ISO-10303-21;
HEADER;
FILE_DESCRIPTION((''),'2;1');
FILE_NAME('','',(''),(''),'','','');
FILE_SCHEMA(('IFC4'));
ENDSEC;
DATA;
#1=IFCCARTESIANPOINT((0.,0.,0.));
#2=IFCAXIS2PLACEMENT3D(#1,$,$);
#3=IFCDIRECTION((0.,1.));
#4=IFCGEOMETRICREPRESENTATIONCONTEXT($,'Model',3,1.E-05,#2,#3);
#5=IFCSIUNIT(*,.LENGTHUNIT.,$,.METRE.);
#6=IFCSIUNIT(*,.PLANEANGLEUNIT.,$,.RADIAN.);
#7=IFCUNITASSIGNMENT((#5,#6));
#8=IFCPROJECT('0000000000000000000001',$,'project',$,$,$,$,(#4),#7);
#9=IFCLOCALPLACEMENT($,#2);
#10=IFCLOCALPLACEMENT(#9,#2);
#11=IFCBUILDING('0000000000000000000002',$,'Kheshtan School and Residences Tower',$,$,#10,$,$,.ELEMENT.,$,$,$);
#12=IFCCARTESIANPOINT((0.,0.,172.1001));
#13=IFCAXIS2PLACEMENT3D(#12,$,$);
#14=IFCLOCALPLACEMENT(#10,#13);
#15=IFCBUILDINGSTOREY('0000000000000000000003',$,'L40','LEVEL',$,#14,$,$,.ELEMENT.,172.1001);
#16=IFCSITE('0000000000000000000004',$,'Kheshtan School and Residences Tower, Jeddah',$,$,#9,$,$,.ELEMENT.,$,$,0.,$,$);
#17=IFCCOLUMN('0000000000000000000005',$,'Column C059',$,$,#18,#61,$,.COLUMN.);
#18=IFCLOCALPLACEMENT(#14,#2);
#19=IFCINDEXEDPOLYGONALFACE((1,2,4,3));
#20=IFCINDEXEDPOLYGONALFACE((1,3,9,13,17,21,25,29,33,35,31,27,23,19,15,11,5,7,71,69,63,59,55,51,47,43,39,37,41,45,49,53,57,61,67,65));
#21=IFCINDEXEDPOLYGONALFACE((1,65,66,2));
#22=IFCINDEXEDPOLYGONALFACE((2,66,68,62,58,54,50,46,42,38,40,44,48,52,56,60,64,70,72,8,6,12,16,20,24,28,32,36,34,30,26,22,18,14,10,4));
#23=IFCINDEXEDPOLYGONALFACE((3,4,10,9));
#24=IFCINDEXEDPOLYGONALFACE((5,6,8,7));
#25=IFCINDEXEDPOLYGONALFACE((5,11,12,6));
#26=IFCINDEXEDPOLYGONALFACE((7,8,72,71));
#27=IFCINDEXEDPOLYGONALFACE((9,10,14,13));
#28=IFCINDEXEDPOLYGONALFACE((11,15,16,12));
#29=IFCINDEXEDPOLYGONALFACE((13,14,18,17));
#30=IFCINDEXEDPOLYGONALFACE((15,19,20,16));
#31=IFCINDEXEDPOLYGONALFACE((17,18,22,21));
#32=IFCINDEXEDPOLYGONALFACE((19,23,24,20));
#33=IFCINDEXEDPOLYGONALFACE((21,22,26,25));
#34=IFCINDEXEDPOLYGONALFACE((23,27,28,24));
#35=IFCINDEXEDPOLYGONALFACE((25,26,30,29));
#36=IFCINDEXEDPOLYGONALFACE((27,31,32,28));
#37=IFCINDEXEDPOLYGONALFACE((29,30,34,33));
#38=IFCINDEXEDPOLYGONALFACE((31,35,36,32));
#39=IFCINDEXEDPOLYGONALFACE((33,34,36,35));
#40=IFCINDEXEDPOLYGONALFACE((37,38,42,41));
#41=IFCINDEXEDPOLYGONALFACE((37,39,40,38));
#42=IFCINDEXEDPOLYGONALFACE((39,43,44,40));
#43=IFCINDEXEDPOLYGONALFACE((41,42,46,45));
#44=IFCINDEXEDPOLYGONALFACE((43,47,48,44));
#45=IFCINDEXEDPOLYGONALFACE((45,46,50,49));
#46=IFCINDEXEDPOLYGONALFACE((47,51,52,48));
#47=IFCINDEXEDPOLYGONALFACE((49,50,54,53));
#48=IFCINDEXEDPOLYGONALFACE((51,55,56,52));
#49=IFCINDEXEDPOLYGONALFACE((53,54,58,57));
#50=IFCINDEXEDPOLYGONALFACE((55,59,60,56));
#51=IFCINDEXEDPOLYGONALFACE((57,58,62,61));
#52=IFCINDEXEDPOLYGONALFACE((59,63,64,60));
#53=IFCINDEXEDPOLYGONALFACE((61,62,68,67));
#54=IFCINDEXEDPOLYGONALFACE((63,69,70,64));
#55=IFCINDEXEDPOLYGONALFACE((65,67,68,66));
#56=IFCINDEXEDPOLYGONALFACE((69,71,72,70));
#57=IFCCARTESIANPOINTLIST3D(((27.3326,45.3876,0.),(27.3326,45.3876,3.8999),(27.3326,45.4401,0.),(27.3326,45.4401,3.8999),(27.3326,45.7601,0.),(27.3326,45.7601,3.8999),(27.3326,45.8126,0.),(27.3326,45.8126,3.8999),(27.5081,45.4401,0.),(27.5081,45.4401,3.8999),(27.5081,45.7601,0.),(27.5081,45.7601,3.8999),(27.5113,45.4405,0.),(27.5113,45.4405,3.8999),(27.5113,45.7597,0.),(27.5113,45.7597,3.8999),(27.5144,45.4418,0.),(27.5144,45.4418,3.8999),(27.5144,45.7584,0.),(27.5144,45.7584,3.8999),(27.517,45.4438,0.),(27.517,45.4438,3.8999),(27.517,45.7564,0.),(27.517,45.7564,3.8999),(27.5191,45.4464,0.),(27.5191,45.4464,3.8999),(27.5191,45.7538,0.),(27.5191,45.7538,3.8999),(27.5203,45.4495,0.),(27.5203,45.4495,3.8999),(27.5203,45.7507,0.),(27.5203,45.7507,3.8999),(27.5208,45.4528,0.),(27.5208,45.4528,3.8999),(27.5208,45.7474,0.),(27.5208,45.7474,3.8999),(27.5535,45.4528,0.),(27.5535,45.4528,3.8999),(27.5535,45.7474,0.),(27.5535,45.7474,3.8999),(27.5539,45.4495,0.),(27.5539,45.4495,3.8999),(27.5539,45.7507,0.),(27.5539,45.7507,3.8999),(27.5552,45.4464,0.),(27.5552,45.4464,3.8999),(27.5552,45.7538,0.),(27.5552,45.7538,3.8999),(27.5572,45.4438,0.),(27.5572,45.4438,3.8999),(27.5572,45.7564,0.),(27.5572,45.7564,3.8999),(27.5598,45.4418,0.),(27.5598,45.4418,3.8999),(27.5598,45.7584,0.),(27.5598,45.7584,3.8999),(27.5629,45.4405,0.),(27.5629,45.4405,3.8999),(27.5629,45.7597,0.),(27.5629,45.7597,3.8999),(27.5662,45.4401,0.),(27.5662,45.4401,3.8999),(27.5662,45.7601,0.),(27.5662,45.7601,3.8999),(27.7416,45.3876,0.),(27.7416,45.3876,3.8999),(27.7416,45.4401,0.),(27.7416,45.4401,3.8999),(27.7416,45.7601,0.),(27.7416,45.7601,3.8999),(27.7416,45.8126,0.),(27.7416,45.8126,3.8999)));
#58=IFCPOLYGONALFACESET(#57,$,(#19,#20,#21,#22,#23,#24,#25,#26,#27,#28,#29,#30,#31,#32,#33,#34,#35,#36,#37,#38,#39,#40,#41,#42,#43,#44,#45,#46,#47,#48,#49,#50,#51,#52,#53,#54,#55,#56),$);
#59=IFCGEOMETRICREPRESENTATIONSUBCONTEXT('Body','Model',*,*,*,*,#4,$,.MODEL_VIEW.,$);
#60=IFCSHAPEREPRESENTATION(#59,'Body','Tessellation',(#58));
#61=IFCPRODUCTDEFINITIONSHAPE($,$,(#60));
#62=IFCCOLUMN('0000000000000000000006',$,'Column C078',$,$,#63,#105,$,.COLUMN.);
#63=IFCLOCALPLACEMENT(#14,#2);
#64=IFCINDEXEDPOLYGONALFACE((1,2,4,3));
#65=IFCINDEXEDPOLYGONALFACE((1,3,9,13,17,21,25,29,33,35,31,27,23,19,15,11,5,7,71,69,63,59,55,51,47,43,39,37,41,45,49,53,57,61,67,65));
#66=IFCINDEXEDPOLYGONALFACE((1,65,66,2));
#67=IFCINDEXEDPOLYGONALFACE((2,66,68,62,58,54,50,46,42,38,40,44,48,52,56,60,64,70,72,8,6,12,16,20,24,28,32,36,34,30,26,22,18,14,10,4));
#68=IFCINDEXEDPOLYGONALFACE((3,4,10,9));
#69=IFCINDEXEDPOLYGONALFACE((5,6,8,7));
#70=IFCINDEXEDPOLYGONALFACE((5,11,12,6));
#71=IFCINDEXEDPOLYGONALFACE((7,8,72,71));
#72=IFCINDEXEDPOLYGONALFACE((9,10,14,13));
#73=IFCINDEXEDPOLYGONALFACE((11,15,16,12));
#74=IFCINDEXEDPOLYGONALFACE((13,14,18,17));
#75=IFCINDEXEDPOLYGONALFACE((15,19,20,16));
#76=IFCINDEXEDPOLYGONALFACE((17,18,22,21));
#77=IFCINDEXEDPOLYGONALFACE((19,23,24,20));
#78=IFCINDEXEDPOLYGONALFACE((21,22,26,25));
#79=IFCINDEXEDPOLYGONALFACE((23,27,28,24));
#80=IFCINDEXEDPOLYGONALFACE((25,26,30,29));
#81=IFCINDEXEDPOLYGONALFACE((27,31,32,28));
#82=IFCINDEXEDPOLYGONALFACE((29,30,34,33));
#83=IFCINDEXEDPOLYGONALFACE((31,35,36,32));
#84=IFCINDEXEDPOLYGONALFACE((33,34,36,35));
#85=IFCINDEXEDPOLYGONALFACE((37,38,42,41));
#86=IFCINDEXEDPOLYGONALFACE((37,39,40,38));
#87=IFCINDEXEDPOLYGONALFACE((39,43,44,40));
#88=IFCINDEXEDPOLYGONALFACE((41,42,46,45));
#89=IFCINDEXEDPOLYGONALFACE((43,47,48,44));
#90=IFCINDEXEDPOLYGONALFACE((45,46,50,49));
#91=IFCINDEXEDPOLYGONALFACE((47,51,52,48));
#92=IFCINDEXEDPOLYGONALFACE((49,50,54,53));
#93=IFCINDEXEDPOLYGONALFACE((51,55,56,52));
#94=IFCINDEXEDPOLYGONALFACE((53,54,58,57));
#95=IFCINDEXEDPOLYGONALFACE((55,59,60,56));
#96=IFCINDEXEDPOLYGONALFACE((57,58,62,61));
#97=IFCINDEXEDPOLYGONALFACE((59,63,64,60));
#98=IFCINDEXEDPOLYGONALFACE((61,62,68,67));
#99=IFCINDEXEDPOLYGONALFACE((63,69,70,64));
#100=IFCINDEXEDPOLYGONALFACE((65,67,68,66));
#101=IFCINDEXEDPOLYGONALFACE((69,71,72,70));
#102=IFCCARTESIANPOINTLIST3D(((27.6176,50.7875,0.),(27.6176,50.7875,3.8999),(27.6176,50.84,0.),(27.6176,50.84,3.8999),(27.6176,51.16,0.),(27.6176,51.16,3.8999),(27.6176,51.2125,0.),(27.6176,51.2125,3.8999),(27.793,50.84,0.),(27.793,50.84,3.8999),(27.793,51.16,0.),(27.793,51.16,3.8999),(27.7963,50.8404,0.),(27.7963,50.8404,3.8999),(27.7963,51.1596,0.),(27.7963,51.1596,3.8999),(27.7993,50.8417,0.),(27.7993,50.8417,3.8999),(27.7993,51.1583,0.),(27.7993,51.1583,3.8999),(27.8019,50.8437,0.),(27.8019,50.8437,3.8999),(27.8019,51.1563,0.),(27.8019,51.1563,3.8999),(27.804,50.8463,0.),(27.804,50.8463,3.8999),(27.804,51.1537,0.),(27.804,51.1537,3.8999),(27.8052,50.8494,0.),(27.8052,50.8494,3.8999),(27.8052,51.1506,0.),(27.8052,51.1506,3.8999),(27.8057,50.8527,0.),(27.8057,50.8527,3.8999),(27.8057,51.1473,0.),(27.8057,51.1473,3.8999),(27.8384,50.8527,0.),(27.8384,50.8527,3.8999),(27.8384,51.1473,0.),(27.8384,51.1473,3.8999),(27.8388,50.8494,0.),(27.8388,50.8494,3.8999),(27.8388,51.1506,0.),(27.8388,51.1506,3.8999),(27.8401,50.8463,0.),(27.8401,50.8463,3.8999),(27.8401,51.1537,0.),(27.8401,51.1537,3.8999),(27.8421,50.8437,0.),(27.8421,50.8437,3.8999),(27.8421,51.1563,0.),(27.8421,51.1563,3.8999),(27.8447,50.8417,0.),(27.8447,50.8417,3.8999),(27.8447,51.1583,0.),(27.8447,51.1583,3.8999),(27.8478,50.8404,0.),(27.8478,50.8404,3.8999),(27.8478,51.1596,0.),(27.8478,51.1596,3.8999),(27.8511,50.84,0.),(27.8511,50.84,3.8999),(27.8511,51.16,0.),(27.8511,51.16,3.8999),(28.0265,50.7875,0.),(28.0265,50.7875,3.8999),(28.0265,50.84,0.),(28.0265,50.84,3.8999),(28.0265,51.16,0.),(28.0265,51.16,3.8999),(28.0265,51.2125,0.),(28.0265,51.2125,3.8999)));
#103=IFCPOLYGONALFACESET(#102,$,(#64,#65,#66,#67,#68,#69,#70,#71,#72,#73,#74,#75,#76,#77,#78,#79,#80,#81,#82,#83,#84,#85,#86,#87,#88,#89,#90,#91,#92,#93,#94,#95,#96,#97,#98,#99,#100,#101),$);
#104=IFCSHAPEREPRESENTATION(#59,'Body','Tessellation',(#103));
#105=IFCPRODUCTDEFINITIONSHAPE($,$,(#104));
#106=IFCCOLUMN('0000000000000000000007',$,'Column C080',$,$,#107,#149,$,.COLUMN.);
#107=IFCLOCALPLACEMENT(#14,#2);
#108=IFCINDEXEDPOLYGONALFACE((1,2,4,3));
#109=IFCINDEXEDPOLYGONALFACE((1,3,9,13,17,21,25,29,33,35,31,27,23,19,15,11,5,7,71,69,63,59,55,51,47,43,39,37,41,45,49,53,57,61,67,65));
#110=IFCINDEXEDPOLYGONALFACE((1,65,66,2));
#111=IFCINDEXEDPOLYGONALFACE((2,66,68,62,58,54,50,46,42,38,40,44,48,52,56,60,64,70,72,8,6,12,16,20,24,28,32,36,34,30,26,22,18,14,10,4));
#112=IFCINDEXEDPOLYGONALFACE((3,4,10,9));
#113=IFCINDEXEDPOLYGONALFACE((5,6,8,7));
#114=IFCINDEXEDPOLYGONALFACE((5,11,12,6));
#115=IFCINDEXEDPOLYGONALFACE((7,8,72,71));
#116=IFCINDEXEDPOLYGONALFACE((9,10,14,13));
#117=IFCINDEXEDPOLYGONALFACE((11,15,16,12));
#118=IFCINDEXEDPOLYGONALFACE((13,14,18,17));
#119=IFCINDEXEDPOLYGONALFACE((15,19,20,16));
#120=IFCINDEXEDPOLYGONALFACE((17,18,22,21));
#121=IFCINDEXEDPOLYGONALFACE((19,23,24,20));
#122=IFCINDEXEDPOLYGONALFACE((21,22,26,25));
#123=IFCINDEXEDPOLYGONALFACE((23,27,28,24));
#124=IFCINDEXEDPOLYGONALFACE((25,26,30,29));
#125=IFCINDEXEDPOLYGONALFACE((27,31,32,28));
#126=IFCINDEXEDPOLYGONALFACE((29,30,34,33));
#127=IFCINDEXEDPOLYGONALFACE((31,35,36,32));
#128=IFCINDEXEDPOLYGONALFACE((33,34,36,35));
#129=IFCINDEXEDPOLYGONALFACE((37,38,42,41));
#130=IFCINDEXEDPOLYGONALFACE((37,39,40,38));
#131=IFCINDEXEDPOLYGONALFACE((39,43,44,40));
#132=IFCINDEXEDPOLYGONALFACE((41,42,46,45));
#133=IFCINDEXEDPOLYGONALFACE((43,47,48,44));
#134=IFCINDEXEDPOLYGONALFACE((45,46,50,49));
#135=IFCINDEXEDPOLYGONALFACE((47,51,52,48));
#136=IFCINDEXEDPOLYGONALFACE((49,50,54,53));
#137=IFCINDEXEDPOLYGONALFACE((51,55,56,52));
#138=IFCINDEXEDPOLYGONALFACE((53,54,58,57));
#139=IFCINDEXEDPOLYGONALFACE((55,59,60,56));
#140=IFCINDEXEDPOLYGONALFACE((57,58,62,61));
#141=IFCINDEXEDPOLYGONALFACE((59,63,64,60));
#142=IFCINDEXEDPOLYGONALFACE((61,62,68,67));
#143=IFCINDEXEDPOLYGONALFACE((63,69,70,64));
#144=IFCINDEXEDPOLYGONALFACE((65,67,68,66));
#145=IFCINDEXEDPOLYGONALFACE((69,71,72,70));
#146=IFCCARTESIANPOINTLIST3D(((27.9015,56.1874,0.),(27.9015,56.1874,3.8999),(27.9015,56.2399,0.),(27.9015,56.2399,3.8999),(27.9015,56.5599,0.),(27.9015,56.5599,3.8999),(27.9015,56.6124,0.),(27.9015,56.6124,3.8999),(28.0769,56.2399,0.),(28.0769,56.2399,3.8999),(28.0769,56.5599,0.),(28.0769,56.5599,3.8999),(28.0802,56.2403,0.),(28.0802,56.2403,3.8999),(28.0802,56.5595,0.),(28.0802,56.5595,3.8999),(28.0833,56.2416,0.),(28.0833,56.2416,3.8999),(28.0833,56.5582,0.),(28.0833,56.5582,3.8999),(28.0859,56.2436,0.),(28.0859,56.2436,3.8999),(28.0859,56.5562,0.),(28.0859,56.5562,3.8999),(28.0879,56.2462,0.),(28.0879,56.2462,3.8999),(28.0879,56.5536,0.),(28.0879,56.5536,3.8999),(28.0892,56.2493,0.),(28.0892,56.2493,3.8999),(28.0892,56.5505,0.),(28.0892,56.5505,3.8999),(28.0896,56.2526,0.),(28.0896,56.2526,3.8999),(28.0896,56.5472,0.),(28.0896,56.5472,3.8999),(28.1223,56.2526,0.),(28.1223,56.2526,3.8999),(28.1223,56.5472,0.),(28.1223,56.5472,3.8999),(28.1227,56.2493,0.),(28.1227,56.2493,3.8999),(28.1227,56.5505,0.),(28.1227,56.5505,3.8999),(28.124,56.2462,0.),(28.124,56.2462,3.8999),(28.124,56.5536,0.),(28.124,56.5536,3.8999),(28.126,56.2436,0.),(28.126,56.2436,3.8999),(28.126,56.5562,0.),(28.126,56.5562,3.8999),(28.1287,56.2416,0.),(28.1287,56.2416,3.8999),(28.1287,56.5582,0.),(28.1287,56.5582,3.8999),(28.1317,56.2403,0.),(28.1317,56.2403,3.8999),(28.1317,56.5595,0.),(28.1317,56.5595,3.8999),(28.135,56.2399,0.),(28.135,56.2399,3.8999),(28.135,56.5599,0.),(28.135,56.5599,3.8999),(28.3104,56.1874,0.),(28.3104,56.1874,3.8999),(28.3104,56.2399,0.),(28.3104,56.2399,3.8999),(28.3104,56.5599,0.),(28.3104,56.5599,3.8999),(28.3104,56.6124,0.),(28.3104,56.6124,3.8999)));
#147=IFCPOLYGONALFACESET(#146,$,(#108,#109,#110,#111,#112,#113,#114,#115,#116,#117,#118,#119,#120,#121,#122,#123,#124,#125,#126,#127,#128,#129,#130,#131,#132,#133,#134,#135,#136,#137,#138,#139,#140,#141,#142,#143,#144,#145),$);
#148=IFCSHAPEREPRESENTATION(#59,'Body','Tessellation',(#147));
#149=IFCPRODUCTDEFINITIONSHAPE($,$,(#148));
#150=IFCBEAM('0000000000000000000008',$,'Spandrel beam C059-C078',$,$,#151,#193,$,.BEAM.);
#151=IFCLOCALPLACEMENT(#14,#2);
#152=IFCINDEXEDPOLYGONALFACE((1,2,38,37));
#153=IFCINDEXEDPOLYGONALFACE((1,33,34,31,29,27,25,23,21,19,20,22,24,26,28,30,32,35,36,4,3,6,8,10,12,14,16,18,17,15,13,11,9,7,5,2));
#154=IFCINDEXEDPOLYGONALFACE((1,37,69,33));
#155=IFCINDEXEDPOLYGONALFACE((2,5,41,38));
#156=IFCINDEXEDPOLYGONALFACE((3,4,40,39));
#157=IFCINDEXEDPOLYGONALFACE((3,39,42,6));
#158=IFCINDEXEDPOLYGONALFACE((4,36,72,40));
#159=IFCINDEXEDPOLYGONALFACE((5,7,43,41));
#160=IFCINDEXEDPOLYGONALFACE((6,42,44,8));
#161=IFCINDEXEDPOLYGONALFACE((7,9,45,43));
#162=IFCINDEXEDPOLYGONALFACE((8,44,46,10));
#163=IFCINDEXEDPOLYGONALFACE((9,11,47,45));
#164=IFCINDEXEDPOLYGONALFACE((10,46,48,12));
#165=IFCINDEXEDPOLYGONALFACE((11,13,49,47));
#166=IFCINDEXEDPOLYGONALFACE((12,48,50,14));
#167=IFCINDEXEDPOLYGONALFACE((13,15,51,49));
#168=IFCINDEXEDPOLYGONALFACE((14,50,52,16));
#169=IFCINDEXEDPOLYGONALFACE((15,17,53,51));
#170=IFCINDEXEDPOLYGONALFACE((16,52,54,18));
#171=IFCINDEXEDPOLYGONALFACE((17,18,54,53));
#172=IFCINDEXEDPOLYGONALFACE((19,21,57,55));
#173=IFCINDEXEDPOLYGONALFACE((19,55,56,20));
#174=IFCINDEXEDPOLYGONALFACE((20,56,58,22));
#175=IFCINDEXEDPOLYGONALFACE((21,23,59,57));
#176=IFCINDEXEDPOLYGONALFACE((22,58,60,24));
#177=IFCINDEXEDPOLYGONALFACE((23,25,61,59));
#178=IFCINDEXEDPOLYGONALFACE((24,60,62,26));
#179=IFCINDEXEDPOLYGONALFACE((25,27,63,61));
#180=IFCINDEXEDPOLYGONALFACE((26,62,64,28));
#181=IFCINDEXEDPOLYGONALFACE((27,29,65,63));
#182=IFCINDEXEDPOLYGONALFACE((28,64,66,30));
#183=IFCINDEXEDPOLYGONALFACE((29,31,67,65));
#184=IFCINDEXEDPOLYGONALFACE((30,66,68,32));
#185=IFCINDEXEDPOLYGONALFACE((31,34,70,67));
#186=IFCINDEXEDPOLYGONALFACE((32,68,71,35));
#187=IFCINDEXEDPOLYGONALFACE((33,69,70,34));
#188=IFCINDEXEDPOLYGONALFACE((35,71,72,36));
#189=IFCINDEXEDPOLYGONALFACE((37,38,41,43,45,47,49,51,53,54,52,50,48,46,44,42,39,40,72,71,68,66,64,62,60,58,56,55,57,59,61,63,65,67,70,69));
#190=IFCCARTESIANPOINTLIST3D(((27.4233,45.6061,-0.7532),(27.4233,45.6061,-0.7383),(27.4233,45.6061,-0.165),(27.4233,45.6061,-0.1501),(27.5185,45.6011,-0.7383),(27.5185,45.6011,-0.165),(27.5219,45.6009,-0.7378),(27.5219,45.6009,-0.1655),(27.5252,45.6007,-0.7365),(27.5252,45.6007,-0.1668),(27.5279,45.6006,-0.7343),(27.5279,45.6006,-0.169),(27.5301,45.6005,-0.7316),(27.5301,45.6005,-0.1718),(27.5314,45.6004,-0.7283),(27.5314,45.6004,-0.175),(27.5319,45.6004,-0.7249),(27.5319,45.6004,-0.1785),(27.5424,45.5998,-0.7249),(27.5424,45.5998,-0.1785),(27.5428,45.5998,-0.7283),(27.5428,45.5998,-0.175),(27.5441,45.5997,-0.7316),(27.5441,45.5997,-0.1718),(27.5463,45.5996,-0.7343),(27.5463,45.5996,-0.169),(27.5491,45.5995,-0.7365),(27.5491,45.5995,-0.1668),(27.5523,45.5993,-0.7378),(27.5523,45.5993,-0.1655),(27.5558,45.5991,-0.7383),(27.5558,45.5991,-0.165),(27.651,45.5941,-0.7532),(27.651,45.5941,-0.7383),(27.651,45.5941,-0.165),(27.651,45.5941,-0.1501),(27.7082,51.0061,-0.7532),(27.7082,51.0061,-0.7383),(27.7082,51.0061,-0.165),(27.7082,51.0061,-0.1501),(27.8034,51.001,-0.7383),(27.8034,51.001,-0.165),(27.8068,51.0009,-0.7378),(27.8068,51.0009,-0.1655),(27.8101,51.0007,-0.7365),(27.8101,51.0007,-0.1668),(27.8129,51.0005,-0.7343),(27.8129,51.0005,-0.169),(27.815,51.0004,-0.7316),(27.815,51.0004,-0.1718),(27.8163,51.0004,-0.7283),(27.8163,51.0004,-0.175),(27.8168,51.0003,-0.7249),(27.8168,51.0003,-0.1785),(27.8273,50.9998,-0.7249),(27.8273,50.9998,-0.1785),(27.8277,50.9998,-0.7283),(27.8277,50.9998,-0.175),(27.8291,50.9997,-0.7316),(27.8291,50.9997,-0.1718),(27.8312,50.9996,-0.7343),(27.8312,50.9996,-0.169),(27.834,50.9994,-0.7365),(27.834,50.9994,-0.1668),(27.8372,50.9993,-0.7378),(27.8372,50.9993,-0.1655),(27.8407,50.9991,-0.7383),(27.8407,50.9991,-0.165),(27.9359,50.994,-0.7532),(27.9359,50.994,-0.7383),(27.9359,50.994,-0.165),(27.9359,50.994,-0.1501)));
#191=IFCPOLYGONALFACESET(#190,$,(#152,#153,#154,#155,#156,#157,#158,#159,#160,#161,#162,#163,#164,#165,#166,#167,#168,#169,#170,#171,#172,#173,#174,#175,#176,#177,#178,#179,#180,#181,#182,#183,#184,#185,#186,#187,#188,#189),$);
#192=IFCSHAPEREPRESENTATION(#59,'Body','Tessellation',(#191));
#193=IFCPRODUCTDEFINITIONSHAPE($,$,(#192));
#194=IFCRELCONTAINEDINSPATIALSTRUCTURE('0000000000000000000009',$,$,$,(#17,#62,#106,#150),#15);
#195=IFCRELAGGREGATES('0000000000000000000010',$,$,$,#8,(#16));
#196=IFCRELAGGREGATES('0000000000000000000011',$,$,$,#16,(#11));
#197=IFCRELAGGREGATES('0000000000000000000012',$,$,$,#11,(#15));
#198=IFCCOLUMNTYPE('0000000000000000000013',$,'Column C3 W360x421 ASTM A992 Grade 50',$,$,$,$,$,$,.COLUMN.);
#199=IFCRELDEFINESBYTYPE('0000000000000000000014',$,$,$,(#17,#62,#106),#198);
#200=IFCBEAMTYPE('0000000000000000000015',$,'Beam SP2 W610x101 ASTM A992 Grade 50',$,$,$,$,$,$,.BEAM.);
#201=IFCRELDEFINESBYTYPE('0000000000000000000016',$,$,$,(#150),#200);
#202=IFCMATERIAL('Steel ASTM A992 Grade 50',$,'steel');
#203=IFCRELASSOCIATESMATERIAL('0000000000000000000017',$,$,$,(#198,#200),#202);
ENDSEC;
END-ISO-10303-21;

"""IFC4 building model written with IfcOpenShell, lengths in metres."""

from ifc_helpers import new_model, si_unit, direction, frame, origin, origin_2d, place, context, subcontext, project, spatial, i_section, extrude, material, material_profile, profile_set, type_object, element, save


model = new_model("IFC4")

# Units and contexts
model_context = context("Model", 3, precision=1e-05, world=origin(), true_north=direction((0.0, 1.0)))
body_context = subcontext(model_context, "Body", "Model", "MODEL_VIEW")
ifc_project = project(units=[si_unit("LENGTHUNIT", "METRE"), si_unit("PLANEANGLEUNIT", "RADIAN")], contexts=[model_context])

# Site, building, storey
site_placement = place(None, origin())
site = spatial("IfcSite", under=ifc_project, at=site_placement, Name="Kheshtan School and Residences Tower, Jeddah", CompositionType="ELEMENT", RefElevation=0.0)
building_placement = place(site_placement, origin())
building = spatial("IfcBuilding", under=site, at=building_placement, Name="Kheshtan School and Residences Tower", CompositionType="ELEMENT")
storey_placement = place(building_placement, frame((0.0, 0.0, 172.1001)))
storey = spatial("IfcBuildingStorey", under=building, at=storey_placement, Name="L40", Description="LEVEL", CompositionType="ELEMENT", Elevation=172.1001)

# Columns
ifc_material_1 = material(Name="Steel ASTM A992 Grade 50", Category="steel")
ifc_material_profile_1 = material_profile(ifc_material_1, i_section(OverallWidth=0.4089, OverallDepth=0.425, WebThickness=0.0327, FlangeThickness=0.0525, FilletRadius=0.0127, at=origin_2d()), Name="W360x421")
ifc_profile_set_1 = profile_set([ifc_material_profile_1], Name="Steel ASTM A992 Grade 50")
column_type = type_object("IfcColumnType", Name="Column C3 W360x421 ASTM A992 Grade 50", PredefinedType="COLUMN", material=ifc_profile_set_1)
for number, where, z_axis, x_axis, name in (
    (1, (27.5371, 45.6001, 0.0), (0.0, 0.0, 1.0), (1.0, 0.0, 0.0), "Column C059"),
    (2, (27.822, 51.0, 0.0), (0.0, 0.0, 1.0), (1.0, 0.0, 0.0), "Column C078"),
    (3, (28.106, 56.3999, 0.0), (0.0, 0.0, 1.0), (1.0, 0.0, 0.0), "Column C080"),
):
    element("IfcColumn", number, at=place(storey_placement, frame(where, z_axis=z_axis, x_axis=x_axis)), inside=storey, type_object=column_type, Name=name, PredefinedType="COLUMN", context=body_context, shape_type="SweptSolid", body=[
        extrude(i_section(OverallWidth=0.4089, OverallDepth=0.425, WebThickness=0.0327, FlangeThickness=0.0525, FilletRadius=0.0127, at=origin_2d()), origin(), (0.0, 0.0, 1.0), 3.8999),
    ])

# Beam
ifc_material_profile_2 = material_profile(ifc_material_1, i_section(OverallWidth=0.228, OverallDepth=0.603, WebThickness=0.0105, FlangeThickness=0.0149, FilletRadius=0.0134, at=origin_2d()), Name="W610x101")
ifc_profile_set_2 = profile_set([ifc_material_profile_2], Name="Steel ASTM A992 Grade 50")
beam_type = type_object("IfcBeamType", Name="Beam SP2 W610x101 ASTM A992 Grade 50", PredefinedType="BEAM", material=ifc_profile_set_2)
for number, where, z_axis, x_axis, name in (
    (4, (27.5371, 45.6001, -0.4517), (0.052689, 0.998611, 0.0), (-0.998611, 0.052689, 0.0), "Spandrel beam C059-C078"),
):
    element("IfcBeam", number, at=place(storey_placement, frame(where, z_axis=z_axis, x_axis=x_axis)), inside=storey, type_object=beam_type, Name=name, PredefinedType="BEAM", context=body_context, shape_type="SweptSolid", body=[
        extrude(i_section(OverallWidth=0.228, OverallDepth=0.603, WebThickness=0.0105, FlangeThickness=0.0149, FilletRadius=0.0134, at=origin_2d()), origin(), (0.0, 0.0, 1.0), 5.4075),
    ])

save(model, "model.ifc")
